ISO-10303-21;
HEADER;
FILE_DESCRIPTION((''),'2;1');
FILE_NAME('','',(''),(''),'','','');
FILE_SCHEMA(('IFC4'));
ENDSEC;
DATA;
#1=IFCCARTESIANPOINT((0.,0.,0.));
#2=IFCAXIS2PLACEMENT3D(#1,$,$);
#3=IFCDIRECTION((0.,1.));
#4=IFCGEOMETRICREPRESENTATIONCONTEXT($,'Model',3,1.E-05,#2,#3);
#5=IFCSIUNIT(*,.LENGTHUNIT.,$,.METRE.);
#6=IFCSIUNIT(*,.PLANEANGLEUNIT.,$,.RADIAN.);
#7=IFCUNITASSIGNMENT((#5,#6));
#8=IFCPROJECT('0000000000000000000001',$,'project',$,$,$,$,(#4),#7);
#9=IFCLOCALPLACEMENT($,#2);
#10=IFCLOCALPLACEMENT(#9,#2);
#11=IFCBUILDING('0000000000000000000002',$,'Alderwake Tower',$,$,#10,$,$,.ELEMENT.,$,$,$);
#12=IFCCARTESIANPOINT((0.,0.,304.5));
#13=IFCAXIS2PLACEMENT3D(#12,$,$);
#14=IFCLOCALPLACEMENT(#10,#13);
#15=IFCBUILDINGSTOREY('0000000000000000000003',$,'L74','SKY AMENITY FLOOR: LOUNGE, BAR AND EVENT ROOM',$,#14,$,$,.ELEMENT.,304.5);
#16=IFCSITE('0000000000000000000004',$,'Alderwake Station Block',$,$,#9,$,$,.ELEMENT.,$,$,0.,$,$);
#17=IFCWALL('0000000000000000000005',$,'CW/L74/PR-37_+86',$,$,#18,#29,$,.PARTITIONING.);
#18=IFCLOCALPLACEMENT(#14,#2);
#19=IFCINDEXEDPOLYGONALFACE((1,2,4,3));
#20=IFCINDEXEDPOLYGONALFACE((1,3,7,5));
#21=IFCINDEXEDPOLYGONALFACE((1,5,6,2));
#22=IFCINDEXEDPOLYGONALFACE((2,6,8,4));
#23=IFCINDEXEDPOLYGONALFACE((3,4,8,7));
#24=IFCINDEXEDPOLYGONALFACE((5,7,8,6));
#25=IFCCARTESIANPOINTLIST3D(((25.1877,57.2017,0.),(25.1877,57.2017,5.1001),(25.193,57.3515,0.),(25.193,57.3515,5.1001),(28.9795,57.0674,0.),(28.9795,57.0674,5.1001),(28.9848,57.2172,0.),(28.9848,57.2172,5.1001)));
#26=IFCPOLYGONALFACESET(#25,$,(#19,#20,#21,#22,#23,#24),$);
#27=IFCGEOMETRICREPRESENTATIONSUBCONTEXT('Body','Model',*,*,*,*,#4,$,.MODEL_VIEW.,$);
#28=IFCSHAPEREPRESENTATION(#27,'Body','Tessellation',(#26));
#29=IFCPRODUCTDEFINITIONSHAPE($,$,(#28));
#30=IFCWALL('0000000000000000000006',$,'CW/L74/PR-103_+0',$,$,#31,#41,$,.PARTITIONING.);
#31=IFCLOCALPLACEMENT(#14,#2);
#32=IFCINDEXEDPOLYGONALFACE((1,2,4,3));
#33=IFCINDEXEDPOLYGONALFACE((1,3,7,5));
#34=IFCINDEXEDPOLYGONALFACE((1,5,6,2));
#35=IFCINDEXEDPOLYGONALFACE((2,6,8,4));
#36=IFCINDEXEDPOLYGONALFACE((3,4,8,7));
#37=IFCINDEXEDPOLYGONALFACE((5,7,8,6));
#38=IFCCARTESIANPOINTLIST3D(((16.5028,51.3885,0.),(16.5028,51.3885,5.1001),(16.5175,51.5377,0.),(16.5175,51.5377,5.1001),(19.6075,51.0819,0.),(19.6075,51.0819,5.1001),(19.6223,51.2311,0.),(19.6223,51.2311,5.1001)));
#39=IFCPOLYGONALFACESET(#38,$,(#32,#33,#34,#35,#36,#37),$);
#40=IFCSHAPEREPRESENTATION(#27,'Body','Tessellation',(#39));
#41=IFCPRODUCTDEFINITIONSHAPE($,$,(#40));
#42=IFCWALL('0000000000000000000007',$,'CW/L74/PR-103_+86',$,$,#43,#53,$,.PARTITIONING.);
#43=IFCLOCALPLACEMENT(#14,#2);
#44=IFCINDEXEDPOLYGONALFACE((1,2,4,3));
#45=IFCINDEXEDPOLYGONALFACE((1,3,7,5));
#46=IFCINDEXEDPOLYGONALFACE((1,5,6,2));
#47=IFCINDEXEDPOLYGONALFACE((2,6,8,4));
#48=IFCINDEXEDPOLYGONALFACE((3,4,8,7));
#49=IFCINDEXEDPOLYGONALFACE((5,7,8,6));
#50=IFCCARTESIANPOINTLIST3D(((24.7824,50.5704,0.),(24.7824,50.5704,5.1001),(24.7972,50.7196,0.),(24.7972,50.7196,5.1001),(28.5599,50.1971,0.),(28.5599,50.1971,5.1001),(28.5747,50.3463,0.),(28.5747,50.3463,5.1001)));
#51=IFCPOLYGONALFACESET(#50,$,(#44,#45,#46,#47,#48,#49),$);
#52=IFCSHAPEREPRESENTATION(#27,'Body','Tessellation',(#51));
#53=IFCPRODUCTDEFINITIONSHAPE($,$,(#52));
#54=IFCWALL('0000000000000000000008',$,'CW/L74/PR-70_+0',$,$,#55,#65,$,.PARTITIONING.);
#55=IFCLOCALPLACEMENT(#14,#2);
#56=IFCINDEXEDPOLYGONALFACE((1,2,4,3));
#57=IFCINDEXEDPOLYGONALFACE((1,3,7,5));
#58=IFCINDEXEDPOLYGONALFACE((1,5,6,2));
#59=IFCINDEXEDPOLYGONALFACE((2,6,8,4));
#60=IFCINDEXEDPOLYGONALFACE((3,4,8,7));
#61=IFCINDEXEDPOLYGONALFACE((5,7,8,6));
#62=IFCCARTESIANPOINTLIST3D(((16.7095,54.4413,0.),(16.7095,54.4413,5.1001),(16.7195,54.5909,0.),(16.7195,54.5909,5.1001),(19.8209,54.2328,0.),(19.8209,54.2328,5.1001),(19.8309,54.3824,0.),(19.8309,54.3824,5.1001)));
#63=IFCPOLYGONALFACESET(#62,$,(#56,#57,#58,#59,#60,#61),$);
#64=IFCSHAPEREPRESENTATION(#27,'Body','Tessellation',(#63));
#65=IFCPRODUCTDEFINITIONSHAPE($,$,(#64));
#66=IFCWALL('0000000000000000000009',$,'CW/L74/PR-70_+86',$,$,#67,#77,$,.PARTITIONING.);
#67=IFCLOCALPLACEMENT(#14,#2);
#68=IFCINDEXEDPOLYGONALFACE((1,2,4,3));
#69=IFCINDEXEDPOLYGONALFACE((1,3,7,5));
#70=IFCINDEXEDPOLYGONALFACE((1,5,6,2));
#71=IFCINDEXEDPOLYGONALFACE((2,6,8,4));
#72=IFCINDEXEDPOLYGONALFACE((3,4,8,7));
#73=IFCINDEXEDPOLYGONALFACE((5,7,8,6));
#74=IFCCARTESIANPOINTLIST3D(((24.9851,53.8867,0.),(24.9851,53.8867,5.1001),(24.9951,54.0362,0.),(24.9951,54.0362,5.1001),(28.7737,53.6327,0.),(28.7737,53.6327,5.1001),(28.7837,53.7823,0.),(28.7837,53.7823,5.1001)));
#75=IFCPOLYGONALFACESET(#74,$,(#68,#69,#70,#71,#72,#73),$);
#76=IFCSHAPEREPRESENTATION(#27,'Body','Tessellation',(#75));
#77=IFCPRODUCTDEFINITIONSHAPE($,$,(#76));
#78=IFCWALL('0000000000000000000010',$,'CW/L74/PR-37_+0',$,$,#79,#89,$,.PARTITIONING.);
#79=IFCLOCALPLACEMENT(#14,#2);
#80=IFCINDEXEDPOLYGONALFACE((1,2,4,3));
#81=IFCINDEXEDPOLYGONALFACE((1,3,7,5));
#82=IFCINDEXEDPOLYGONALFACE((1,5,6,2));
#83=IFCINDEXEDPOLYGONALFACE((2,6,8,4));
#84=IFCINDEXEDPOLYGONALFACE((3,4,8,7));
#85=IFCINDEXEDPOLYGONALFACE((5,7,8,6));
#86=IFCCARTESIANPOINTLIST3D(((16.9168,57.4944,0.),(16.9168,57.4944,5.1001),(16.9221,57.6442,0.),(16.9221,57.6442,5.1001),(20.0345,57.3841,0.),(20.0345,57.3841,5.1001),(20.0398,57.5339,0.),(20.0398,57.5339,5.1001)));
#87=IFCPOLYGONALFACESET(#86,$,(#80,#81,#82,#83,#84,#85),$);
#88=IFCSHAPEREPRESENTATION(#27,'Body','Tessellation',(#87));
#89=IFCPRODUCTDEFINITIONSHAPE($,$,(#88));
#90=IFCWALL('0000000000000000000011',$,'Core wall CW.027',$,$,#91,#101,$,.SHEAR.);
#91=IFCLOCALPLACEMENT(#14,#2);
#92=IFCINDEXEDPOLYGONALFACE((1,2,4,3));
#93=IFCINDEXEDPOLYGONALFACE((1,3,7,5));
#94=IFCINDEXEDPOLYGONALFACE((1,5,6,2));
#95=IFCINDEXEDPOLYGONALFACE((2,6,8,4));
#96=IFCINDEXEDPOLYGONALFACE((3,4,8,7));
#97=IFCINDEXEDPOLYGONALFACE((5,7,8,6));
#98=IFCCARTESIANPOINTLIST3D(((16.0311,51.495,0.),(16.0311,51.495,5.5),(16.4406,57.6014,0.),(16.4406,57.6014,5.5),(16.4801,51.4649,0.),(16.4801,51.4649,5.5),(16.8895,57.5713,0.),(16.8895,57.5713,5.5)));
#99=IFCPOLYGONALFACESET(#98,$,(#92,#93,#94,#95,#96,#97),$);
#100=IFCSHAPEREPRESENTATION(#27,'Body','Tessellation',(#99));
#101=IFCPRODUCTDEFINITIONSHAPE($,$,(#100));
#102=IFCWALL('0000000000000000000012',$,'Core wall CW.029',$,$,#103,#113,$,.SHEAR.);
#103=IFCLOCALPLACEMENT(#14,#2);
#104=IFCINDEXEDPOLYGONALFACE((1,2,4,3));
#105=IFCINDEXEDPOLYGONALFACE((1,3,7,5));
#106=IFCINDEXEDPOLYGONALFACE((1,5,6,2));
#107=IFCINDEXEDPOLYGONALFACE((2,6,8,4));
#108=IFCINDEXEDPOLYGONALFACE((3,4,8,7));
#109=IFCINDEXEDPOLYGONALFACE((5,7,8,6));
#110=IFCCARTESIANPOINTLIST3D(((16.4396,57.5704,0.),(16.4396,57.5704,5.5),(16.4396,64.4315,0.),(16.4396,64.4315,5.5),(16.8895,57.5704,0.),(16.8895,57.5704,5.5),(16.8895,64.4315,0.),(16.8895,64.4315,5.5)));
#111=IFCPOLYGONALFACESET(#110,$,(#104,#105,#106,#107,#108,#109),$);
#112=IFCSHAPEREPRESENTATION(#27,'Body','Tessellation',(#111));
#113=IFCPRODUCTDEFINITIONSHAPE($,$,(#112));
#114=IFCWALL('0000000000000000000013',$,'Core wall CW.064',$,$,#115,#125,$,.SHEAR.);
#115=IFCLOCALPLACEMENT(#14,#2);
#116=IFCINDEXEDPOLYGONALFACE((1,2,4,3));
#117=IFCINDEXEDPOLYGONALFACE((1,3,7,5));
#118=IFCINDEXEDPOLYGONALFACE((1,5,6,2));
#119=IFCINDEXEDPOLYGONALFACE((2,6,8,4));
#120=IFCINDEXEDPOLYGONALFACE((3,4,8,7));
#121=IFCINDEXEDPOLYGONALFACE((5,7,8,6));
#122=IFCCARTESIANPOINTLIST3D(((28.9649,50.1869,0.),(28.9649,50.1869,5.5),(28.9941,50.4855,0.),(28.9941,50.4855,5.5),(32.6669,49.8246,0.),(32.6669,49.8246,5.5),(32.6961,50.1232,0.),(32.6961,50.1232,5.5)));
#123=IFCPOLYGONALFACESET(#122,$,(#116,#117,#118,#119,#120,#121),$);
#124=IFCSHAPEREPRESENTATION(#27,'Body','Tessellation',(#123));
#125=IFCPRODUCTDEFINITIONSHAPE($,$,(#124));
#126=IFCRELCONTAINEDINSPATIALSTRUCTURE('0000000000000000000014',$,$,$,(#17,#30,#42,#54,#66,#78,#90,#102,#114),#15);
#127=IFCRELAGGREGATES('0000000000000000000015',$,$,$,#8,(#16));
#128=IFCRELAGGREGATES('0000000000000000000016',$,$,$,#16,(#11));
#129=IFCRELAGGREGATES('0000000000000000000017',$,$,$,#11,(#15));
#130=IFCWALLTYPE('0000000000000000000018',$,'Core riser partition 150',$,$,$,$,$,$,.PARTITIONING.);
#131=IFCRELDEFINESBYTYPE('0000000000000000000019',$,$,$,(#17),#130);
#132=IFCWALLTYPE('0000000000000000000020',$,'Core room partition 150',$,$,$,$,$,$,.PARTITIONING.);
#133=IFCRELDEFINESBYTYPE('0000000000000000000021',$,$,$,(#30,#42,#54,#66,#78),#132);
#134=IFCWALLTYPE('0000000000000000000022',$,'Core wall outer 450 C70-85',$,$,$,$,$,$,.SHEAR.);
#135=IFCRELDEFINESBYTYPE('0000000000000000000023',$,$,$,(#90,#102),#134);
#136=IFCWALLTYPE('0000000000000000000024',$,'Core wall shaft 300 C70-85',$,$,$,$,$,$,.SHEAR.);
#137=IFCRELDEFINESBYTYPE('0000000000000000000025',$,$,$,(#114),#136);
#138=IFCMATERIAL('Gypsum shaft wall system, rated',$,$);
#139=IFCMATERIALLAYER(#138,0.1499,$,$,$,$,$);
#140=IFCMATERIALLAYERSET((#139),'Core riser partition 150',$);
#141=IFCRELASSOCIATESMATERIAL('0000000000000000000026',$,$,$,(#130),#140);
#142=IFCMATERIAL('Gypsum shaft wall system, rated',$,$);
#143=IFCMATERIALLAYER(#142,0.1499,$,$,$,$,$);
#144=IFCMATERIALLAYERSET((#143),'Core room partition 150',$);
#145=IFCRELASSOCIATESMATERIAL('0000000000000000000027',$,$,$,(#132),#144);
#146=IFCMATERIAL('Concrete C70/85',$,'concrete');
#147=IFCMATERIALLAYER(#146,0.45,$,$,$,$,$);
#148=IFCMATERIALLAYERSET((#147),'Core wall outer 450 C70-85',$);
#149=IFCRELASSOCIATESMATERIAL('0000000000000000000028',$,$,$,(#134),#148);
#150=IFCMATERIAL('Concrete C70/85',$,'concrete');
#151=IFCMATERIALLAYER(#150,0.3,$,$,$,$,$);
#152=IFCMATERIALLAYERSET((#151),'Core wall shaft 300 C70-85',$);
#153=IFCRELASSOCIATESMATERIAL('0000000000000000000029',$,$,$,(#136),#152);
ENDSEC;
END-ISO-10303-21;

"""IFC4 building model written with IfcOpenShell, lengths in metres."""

from ifc_helpers import new_model, si_unit, direction, frame, frame_2d, origin, place, context, subcontext, project, spatial, rectangle, extrude, material, layer, layer_set, type_object, element, save


model = new_model("IFC4")

# Units and contexts
model_context = context("Model", 3, precision=1e-05, world=origin(), true_north=direction((0.0, 1.0)))
body_context = subcontext(model_context, "Body", "Model", "MODEL_VIEW")
ifc_project = project(units=[si_unit("LENGTHUNIT", "METRE"), si_unit("PLANEANGLEUNIT", "RADIAN")], contexts=[model_context])

# Site, building, storey
site_placement = place(None, origin())
site = spatial("IfcSite", under=ifc_project, at=site_placement, Name="Alderwake Station Block", CompositionType="ELEMENT", RefElevation=0.0)
building_placement = place(site_placement, origin())
building = spatial("IfcBuilding", under=site, at=building_placement, Name="Alderwake Tower", CompositionType="ELEMENT")
storey_placement = place(building_placement, frame((0.0, 0.0, 304.5)))
storey = spatial("IfcBuildingStorey", under=building, at=storey_placement, Name="L74", Description="SKY AMENITY FLOOR: LOUNGE, BAR AND EVENT ROOM", CompositionType="ELEMENT", Elevation=304.5)

# Walls
ifc_material_1 = material(Name="Gypsum shaft wall system, rated")
ifc_layer_1 = layer(ifc_material_1, 0.1499)
ifc_layer_set_1 = layer_set([ifc_layer_1], Name="Core riser partition 150")
wall_type_1 = type_object("IfcWallType", Name="Core riser partition 150", PredefinedType="PARTITIONING", material=ifc_layer_set_1)
wall_1_placement = place(storey_placement, frame((25.1904, 57.2766, 0.0), z_axis=(0.0, 0.0, 1.0), x_axis=(0.999374, -0.035391, 0.0)))
element("IfcWall", 1, at=wall_1_placement, inside=storey, type_object=wall_type_1, Name="CW/L74/PR-37_+86", PredefinedType="PARTITIONING", context=body_context, shape_type="SweptSolid", body=[
    extrude(rectangle(XDim=3.7942, YDim=0.1499, at=frame_2d((1.897, 0.0))), origin(), (0.0, 0.0, 1.0), 5.1001),
])
ifc_material_2 = material(Name="Gypsum shaft wall system, rated")
ifc_layer_2 = layer(ifc_material_2, 0.1499)
ifc_layer_set_2 = layer_set([ifc_layer_2], Name="Core room partition 150")
wall_type_2 = type_object("IfcWallType", Name="Core room partition 150", PredefinedType="PARTITIONING", material=ifc_layer_set_2)
wall_2_placement = place(storey_placement, frame((16.51, 51.4631, 0.0), z_axis=(0.0, 0.0, 1.0), x_axis=(0.995158, -0.098287, 0.0)))
element("IfcWall", 2, at=wall_2_placement, inside=storey, type_object=wall_type_2, Name="CW/L74/PR-103_+0", PredefinedType="PARTITIONING", context=body_context, shape_type="SweptSolid", body=[
    extrude(rectangle(XDim=3.1199, YDim=0.1499, at=frame_2d((1.5601, 0.0))), origin(), (0.0, 0.0, 1.0), 5.1001),
])
wall_3_placement = place(storey_placement, frame((24.7898, 50.645, 0.0), z_axis=(0.0, 0.0, 1.0), x_axis=(0.995153, -0.098338, 0.0)))
element("IfcWall", 3, at=wall_3_placement, inside=storey, type_object=wall_type_2, Name="CW/L74/PR-103_+86", PredefinedType="PARTITIONING", context=body_context, shape_type="SweptSolid", body=[
    extrude(rectangle(XDim=3.7959, YDim=0.1499, at=frame_2d((1.8979, 0.0))), origin(), (0.0, 0.0, 1.0), 5.1001),
])
wall_4_placement = place(storey_placement, frame((16.7146, 54.5161, 0.0), z_axis=(0.0, 0.0, 1.0), x_axis=(0.997762, -0.066862, 0.0)))
element("IfcWall", 4, at=wall_4_placement, inside=storey, type_object=wall_type_2, Name="CW/L74/PR-70_+0", PredefinedType="PARTITIONING", context=body_context, shape_type="SweptSolid", body=[
    extrude(rectangle(XDim=3.1184, YDim=0.1499, at=frame_2d((1.5591, 0.0))), origin(), (0.0, 0.0, 1.0), 5.1001),
])
wall_5_placement = place(storey_placement, frame((24.9902, 53.9614, 0.0), z_axis=(0.0, 0.0, 1.0), x_axis=(0.997762, -0.066869, 0.0)))
element("IfcWall", 5, at=wall_5_placement, inside=storey, type_object=wall_type_2, Name="CW/L74/PR-70_+86", PredefinedType="PARTITIONING", context=body_context, shape_type="SweptSolid", body=[
    extrude(rectangle(XDim=3.7971, YDim=0.1499, at=frame_2d((1.8984, 0.0))), origin(), (0.0, 0.0, 1.0), 5.1001),
])
wall_6_placement = place(storey_placement, frame((16.9194, 57.5693, 0.0), z_axis=(0.0, 0.0, 1.0), x_axis=(0.999374, -0.035373, 0.0)))
element("IfcWall", 6, at=wall_6_placement, inside=storey, type_object=wall_type_2, Name="CW/L74/PR-37_+0", PredefinedType="PARTITIONING", context=body_context, shape_type="SweptSolid", body=[
    extrude(rectangle(XDim=3.1196, YDim=0.1499, at=frame_2d((1.5598, 0.0))), origin(), (0.0, 0.0, 1.0), 5.1001),
])
ifc_material_3 = material(Name="Concrete C70/85", Category="concrete")
ifc_layer_3 = layer(ifc_material_3, 0.45)
ifc_layer_set_3 = layer_set([ifc_layer_3], Name="Core wall outer 450 C70-85")
wall_type_3 = type_object("IfcWallType", Name="Core wall outer 450 C70-85", PredefinedType="SHEAR", material=ifc_layer_set_3)
wall_7_placement = place(storey_placement, frame((16.2556, 51.48, 0.0), z_axis=(0.0, 0.0, 1.0), x_axis=(0.066898, 0.99776, 0.0)))
element("IfcWall", 7, at=wall_7_placement, inside=storey, type_object=wall_type_3, Name="Core wall CW.027", PredefinedType="SHEAR", context=body_context, shape_type="SweptSolid", body=[
    extrude(rectangle(XDim=6.1201, YDim=0.45, at=frame_2d((3.0601, 0.0))), origin(), (0.0, 0.0, 1.0), 5.5),
])
wall_8_placement = place(storey_placement, frame((16.6646, 57.5703, 0.0), z_axis=(0.0, 0.0, 1.0), x_axis=(0.0, 1.0, 0.0)))
element("IfcWall", 8, at=wall_8_placement, inside=storey, type_object=wall_type_3, Name="Core wall CW.029", PredefinedType="SHEAR", context=body_context, shape_type="SweptSolid", body=[
    extrude(rectangle(XDim=6.8611, YDim=0.45, at=frame_2d((3.4307, 0.0))), origin(), (0.0, 0.0, 1.0), 5.5),
])
ifc_material_4 = material(Name="Concrete C70/85", Category="concrete")
ifc_layer_4 = layer(ifc_material_4, 0.3)
ifc_layer_set_4 = layer_set([ifc_layer_4], Name="Core wall shaft 300 C70-85")
wall_type_4 = type_object("IfcWallType", Name="Core wall shaft 300 C70-85", PredefinedType="SHEAR", material=ifc_layer_set_4)
wall_9_placement = place(storey_placement, frame((28.9795, 50.3362, 0.0), z_axis=(0.0, 0.0, 1.0), x_axis=(0.995246, -0.097398, 0.0)))
element("IfcWall", 9, at=wall_9_placement, inside=storey, type_object=wall_type_4, Name="Core wall CW.064", PredefinedType="SHEAR", context=body_context, shape_type="SweptSolid", body=[
    extrude(rectangle(XDim=3.7197, YDim=0.3, at=frame_2d((1.8599, 0.0))), origin(), (0.0, 0.0, 1.0), 5.5),
])

save(model, "model.ifc")
